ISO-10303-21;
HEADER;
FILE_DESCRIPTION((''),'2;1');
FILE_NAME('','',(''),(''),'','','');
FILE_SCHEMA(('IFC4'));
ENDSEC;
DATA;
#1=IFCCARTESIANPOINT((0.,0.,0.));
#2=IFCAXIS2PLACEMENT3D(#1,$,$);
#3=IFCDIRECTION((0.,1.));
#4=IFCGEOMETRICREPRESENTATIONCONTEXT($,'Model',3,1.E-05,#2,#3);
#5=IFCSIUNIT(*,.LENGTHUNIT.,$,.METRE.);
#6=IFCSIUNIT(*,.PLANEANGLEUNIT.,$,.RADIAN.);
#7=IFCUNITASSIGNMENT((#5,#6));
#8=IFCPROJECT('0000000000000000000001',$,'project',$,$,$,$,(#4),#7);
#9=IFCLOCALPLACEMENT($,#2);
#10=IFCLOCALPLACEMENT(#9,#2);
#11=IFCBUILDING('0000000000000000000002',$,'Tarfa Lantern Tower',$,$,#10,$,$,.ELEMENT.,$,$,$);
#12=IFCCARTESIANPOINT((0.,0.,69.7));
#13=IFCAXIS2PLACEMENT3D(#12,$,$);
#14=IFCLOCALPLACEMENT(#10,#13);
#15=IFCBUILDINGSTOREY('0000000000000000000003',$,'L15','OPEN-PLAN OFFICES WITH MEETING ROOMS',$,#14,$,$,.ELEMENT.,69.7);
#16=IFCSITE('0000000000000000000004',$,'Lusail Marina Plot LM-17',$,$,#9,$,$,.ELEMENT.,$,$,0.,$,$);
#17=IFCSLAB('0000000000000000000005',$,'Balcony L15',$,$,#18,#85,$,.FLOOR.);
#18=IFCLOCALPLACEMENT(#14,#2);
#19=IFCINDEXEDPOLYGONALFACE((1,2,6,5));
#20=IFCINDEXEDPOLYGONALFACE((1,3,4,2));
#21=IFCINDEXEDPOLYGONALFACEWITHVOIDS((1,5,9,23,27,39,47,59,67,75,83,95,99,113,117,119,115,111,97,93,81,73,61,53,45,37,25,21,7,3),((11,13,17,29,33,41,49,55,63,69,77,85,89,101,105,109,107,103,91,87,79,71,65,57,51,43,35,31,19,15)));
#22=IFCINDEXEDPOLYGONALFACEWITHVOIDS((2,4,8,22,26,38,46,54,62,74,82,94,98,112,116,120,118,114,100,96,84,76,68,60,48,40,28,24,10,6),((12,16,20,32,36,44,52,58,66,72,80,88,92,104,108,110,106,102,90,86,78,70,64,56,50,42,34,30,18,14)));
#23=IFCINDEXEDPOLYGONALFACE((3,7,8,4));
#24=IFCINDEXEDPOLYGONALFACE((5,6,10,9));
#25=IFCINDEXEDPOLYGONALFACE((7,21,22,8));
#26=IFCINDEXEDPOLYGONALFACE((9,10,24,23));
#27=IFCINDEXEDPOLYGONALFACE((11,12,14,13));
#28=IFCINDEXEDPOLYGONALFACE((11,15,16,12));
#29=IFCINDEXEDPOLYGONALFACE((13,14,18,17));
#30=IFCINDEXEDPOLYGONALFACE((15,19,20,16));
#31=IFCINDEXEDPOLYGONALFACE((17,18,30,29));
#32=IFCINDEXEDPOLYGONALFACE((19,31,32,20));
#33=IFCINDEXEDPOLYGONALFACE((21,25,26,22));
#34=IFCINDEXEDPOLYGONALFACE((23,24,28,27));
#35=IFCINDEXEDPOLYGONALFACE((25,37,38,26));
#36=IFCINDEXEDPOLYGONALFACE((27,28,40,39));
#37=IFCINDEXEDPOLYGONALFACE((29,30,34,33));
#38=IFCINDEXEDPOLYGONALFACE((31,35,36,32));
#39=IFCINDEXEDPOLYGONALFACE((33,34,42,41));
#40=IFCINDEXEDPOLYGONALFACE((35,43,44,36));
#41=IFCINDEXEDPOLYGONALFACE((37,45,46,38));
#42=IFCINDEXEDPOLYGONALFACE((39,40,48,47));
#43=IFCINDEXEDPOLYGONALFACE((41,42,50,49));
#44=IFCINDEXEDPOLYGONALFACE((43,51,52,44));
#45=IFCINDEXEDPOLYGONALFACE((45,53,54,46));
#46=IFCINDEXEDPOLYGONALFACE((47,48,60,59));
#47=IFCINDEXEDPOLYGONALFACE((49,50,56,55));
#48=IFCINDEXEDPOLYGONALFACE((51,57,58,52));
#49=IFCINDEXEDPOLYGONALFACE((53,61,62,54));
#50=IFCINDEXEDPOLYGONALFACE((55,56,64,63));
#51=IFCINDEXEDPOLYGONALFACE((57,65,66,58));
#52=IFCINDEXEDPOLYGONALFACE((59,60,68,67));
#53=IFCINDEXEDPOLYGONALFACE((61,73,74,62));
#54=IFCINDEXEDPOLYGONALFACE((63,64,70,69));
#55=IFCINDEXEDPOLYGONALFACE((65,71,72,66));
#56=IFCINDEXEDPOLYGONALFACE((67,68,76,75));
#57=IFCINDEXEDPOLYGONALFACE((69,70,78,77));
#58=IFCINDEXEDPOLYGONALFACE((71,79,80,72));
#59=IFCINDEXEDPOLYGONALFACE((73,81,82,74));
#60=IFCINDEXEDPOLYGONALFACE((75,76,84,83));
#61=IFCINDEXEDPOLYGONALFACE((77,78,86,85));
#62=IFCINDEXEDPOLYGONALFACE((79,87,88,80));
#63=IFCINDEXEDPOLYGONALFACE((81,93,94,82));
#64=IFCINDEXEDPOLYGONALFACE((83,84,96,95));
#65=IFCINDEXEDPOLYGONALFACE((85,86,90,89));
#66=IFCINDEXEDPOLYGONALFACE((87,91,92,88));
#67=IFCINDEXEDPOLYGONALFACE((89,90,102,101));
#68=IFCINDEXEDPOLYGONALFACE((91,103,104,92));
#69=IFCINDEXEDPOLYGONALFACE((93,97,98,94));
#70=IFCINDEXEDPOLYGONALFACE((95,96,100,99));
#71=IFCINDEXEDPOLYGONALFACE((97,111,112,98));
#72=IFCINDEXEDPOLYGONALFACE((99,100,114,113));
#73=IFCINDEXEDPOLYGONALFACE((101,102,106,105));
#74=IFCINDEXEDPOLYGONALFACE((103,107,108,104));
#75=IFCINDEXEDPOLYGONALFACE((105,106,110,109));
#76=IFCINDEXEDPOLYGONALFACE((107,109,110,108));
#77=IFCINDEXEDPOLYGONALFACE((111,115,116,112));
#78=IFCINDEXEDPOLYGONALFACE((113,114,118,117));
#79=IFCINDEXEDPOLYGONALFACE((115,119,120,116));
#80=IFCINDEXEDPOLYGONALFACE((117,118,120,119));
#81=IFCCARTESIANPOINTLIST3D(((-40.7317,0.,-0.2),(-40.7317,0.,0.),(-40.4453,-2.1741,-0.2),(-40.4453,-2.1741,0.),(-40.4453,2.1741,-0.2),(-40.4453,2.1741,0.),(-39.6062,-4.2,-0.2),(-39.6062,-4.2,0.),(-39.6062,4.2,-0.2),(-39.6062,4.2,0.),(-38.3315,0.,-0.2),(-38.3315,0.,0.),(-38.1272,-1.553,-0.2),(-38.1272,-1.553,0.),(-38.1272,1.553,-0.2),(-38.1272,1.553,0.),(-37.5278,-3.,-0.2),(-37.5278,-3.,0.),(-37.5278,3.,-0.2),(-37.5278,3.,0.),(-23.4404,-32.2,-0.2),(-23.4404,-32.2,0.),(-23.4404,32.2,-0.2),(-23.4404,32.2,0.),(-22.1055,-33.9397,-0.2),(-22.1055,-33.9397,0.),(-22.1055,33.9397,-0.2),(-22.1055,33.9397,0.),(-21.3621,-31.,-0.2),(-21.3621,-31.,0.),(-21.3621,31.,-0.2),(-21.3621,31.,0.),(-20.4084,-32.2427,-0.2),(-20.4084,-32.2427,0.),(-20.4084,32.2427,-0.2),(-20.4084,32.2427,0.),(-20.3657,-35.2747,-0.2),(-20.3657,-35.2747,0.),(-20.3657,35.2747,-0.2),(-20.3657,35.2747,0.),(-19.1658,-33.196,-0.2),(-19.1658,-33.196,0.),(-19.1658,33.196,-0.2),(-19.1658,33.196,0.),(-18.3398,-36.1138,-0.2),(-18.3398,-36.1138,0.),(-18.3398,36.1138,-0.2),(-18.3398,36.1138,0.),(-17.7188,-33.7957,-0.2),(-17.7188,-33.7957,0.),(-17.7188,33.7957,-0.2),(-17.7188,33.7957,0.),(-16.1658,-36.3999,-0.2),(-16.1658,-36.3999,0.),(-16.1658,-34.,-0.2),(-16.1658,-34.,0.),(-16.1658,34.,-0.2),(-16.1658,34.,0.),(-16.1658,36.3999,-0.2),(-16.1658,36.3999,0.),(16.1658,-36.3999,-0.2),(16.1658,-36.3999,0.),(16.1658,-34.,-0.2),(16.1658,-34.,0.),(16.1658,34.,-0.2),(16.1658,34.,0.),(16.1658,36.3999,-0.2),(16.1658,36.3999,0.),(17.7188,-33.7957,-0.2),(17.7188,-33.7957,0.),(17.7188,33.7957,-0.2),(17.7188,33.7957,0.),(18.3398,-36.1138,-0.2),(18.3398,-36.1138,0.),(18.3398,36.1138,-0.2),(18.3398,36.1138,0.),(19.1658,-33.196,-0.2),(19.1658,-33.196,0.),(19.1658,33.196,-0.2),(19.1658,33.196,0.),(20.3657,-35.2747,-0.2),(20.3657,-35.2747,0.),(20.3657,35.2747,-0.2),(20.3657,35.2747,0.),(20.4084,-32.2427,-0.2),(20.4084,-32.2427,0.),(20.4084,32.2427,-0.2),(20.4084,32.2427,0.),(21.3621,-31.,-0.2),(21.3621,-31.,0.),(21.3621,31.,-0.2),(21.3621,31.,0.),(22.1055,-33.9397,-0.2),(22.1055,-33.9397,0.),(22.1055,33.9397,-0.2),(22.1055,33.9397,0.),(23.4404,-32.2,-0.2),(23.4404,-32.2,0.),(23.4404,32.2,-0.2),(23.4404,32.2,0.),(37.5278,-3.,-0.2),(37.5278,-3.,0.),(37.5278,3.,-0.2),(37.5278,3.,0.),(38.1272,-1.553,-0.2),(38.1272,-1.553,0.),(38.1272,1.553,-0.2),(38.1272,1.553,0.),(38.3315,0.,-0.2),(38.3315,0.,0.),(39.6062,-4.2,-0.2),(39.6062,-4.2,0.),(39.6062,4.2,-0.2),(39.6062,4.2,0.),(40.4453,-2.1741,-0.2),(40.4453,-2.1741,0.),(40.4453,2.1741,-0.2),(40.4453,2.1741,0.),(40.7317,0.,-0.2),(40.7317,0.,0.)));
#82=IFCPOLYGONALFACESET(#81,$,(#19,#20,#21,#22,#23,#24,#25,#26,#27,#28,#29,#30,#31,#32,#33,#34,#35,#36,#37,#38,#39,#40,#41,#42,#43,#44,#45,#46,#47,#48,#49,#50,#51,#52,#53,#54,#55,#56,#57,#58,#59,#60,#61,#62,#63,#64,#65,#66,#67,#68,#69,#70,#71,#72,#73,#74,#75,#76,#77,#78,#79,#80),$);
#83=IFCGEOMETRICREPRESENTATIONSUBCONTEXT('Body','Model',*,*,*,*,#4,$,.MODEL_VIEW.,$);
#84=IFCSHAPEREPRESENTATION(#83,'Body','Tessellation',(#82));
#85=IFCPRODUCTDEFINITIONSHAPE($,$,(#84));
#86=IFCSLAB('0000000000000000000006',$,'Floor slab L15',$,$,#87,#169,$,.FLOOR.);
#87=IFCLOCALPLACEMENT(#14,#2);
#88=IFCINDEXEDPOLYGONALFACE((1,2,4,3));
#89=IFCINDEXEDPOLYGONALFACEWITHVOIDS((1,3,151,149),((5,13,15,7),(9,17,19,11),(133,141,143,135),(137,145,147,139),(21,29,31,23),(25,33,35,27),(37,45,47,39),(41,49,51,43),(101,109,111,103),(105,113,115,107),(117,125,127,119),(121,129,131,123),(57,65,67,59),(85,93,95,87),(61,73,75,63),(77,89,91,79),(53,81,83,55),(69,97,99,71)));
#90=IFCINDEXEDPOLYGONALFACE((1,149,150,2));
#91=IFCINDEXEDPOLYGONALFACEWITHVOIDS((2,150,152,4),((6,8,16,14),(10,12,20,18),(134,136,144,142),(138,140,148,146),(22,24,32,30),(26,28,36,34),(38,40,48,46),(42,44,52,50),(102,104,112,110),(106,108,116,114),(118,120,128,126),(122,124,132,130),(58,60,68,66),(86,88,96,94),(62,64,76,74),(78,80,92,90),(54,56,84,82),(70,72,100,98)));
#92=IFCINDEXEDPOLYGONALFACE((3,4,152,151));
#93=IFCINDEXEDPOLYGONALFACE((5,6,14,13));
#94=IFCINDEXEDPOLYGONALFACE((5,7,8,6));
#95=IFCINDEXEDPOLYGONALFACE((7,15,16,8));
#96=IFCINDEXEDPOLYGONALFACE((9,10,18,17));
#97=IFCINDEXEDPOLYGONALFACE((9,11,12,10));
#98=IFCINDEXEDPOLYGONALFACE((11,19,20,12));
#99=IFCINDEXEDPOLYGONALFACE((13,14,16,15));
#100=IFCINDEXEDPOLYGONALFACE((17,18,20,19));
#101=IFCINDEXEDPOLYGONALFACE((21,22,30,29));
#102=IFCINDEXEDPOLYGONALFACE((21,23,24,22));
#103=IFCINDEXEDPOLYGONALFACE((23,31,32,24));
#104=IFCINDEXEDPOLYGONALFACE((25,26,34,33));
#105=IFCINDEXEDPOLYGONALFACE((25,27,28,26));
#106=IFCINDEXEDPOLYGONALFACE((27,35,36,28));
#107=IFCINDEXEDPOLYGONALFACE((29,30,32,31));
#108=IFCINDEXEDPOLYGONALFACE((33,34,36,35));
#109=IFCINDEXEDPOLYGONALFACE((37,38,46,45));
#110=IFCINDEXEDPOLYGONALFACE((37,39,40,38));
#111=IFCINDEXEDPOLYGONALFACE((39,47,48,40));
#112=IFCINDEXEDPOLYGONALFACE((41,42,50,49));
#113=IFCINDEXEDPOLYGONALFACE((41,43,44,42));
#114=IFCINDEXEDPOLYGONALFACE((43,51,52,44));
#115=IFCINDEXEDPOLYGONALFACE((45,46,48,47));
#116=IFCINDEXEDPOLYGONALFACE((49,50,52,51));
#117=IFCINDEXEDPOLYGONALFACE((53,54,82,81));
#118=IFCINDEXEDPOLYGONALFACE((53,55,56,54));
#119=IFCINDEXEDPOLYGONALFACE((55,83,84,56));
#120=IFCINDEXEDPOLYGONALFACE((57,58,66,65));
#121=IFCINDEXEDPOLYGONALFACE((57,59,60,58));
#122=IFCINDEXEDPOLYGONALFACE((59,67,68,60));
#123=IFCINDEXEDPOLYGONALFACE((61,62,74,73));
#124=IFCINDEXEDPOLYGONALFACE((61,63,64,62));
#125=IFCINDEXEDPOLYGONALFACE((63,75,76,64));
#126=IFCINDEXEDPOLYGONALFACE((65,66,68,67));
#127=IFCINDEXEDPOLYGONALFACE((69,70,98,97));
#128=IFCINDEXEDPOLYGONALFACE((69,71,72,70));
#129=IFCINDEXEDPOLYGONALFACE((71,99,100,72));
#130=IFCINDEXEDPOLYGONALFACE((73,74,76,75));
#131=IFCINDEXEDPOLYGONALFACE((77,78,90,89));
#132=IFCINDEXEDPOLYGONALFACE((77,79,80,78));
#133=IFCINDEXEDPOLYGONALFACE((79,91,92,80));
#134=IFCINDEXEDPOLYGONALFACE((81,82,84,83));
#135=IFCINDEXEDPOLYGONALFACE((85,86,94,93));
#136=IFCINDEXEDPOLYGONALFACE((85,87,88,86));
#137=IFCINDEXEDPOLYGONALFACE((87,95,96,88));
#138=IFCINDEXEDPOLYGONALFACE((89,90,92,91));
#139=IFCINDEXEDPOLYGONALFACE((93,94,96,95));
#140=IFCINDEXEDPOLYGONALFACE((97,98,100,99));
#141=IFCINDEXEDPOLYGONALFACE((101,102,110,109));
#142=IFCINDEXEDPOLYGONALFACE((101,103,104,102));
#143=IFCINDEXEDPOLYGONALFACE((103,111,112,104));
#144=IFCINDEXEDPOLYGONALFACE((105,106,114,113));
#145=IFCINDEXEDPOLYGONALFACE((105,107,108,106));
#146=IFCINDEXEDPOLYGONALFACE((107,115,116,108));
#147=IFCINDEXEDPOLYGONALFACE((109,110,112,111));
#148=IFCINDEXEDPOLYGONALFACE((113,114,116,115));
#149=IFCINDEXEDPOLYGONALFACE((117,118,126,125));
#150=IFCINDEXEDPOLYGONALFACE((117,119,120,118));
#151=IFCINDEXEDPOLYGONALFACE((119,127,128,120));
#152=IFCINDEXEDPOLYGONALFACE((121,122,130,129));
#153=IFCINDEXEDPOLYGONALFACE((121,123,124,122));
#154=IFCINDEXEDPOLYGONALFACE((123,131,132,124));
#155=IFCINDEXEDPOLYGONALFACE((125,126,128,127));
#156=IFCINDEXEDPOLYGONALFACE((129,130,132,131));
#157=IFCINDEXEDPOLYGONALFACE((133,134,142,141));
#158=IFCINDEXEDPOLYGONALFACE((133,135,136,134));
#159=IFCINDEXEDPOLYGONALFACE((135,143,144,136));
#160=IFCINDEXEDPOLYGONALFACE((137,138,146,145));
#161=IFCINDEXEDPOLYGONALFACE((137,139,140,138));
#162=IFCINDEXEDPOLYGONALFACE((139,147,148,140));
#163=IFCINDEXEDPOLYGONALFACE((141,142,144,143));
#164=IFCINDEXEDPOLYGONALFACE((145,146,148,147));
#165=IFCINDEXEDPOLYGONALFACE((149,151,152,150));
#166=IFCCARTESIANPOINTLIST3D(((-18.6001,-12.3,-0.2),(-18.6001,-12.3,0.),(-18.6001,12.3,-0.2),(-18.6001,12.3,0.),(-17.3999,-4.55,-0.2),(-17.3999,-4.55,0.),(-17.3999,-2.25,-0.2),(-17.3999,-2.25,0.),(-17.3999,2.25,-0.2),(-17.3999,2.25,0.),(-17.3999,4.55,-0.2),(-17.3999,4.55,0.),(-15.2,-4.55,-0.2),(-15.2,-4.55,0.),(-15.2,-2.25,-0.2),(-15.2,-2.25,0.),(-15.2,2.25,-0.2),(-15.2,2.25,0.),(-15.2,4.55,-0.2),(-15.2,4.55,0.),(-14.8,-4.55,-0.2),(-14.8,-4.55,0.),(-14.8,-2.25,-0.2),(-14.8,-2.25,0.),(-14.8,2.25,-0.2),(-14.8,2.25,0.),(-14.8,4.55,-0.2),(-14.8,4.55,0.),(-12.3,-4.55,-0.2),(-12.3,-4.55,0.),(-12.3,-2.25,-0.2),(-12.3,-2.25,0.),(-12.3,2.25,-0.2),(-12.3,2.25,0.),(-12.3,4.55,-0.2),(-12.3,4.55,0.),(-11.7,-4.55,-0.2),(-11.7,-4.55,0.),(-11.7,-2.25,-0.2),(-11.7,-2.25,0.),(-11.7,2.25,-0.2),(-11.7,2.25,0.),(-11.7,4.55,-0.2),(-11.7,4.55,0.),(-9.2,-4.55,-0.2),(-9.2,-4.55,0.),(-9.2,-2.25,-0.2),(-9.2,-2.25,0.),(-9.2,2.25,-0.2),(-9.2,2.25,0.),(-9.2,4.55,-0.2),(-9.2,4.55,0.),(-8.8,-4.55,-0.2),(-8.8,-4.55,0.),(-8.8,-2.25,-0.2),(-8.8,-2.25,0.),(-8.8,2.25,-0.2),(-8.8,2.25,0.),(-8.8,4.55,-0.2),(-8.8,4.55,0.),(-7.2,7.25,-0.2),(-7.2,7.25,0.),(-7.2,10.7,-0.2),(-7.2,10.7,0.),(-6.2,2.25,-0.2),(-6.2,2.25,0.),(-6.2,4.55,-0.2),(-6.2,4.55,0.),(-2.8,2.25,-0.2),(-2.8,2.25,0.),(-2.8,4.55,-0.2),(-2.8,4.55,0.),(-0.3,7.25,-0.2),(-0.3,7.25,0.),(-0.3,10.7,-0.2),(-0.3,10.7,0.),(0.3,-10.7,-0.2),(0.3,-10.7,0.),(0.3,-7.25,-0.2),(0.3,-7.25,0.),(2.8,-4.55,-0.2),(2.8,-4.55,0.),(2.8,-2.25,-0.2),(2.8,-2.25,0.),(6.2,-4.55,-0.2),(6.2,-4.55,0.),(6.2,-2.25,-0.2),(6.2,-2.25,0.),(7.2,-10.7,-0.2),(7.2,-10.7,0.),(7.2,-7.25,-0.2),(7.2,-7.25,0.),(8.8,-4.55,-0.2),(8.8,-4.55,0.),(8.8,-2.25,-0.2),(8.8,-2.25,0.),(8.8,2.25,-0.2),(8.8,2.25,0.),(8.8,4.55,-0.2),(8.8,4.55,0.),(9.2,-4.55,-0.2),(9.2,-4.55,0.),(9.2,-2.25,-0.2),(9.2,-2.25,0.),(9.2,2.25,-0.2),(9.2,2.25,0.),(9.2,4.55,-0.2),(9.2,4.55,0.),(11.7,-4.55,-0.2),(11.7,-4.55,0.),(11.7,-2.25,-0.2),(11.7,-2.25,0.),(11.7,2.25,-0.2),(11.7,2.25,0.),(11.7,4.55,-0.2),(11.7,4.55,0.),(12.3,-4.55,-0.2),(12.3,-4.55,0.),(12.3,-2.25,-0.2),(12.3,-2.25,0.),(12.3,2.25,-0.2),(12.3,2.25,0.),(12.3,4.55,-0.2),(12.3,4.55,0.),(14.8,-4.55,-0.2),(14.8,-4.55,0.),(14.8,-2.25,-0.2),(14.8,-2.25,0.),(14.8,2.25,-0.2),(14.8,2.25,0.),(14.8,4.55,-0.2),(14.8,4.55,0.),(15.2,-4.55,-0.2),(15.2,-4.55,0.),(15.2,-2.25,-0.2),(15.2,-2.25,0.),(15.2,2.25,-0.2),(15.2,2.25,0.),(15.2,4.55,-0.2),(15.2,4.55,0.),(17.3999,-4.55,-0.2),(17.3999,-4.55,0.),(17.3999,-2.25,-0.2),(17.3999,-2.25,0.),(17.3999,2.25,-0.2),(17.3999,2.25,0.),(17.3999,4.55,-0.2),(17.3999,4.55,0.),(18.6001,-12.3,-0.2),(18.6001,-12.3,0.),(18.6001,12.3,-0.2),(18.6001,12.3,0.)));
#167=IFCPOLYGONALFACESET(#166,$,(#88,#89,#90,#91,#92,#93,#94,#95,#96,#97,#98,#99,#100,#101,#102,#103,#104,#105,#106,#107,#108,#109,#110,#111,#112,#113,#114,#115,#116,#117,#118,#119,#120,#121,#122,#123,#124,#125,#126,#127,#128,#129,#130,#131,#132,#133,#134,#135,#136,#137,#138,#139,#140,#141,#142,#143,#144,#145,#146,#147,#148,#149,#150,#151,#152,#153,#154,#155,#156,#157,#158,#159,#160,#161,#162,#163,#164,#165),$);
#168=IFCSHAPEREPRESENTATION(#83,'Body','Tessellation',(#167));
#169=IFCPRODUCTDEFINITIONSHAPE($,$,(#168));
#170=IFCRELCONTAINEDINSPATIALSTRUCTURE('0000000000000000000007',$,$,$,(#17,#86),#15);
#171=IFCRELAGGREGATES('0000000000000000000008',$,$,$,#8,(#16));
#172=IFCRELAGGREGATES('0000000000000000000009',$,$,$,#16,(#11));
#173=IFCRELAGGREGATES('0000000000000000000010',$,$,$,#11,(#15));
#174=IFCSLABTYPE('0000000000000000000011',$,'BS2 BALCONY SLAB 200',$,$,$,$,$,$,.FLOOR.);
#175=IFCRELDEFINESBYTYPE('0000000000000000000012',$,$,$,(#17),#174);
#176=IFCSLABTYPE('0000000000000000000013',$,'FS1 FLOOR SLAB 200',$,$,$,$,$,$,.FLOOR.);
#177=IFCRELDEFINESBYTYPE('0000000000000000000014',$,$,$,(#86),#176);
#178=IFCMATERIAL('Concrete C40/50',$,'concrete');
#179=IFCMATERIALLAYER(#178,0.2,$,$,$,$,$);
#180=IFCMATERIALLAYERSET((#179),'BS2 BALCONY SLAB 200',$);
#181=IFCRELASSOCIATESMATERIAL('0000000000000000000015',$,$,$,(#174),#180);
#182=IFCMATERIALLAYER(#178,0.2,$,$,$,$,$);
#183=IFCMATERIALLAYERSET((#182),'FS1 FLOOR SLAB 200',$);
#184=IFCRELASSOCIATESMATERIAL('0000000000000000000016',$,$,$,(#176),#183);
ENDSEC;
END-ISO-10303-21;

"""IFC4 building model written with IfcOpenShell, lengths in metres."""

from ifc_helpers import new_model, si_unit, direction, frame, origin, place, context, subcontext, project, spatial, polyline, outline, extrude, material, layer, layer_set, type_object, element, save


model = new_model("IFC4")

# Units and contexts
model_context = context("Model", 3, precision=1e-05, world=origin(), true_north=direction((0.0, 1.0)))
body_context = subcontext(model_context, "Body", "Model", "MODEL_VIEW")
ifc_project = project(units=[si_unit("LENGTHUNIT", "METRE"), si_unit("PLANEANGLEUNIT", "RADIAN")], contexts=[model_context])

# Site, building, storey
site_placement = place(None, origin())
site = spatial("IfcSite", under=ifc_project, at=site_placement, Name="Lusail Marina Plot LM-17", CompositionType="ELEMENT", RefElevation=0.0)
building_placement = place(site_placement, origin())
building = spatial("IfcBuilding", under=site, at=building_placement, Name="Tarfa Lantern Tower", CompositionType="ELEMENT")
storey_placement = place(building_placement, frame((0.0, 0.0, 69.7)))
storey = spatial("IfcBuildingStorey", under=building, at=storey_placement, Name="L15", Description="OPEN-PLAN OFFICES WITH MEETING ROOMS", CompositionType="ELEMENT", Elevation=69.7)

# Slabs
ifc_material_1 = material(Name="Concrete C40/50", Category="concrete")
ifc_layer_1 = layer(ifc_material_1, 0.2)
ifc_layer_set_1 = layer_set([ifc_layer_1], Name="BS2 BALCONY SLAB 200")
slab_type_1 = type_object("IfcSlabType", Name="BS2 BALCONY SLAB 200", PredefinedType="FLOOR", material=ifc_layer_set_1)
slab_1_placement = place(storey_placement, frame((0.0, 0.0, -0.2)))
element("IfcSlab", 1, at=slab_1_placement, inside=storey, type_object=slab_type_1, Name="Balcony L15", PredefinedType="FLOOR", context=body_context, shape_type="SweptSolid", body=[
    extrude(outline(polyline([(39.6062, 4.2), (23.4404, 32.2), (22.1055, 33.9397), (20.3657, 35.2747), (18.3398, 36.1138), (16.1658, 36.3999), (-16.1658, 36.3999), (-18.3398, 36.1138), (-20.3657, 35.2747), (-22.1055, 33.9397), (-23.4404, 32.2), (-39.6062, 4.2), (-40.4453, 2.1741), (-40.7317, 0.0), (-40.4453, -2.1741), (-39.6062, -4.2), (-23.4404, -32.2), (-22.1055, -33.9397), (-20.3657, -35.2747), (-18.3398, -36.1138), (-16.1658, -36.3999), (16.1658, -36.3999), (18.3398, -36.1138), (20.3657, -35.2747), (22.1055, -33.9397), (23.4404, -32.2), (39.6062, -4.2), (40.4453, -2.1741), (40.7317, 0.0), (40.4453, 2.1741), (39.6062, 4.2)]), holes=[polyline([(37.5278, 3.0), (21.3621, 31.0), (20.4084, 32.2427), (19.1658, 33.196), (17.7188, 33.7957), (16.1658, 34.0), (-16.1658, 34.0), (-17.7188, 33.7957), (-19.1658, 33.196), (-20.4084, 32.2427), (-21.3621, 31.0), (-37.5278, 3.0), (-38.1272, 1.553), (-38.3315, 0.0), (-38.1272, -1.553), (-37.5278, -3.0), (-21.3621, -31.0), (-20.4084, -32.2427), (-19.1658, -33.196), (-17.7188, -33.7957), (-16.1658, -34.0), (16.1658, -34.0), (17.7188, -33.7957), (19.1658, -33.196), (20.4084, -32.2427), (21.3621, -31.0), (37.5278, -3.0), (38.1272, -1.553), (38.3315, 0.0), (38.1272, 1.553), (37.5278, 3.0)])]), origin(), (0.0, 0.0, 1.0), 0.2),
])
ifc_layer_2 = layer(ifc_material_1, 0.2)
ifc_layer_set_2 = layer_set([ifc_layer_2], Name="FS1 FLOOR SLAB 200")
slab_type_2 = type_object("IfcSlabType", Name="FS1 FLOOR SLAB 200", PredefinedType="FLOOR", material=ifc_layer_set_2)
slab_2_placement = place(storey_placement, frame((0.0, 0.0, -0.2)))
element("IfcSlab", 2, at=slab_2_placement, inside=storey, type_object=slab_type_2, Name="Floor slab L15", PredefinedType="FLOOR", context=body_context, shape_type="SweptSolid", body=[
    extrude(outline(polyline([(-18.6001, -12.3), (18.6001, -12.3), (18.6001, 12.3), (-18.6001, 12.3), (-18.6001, -12.3)]), holes=[polyline([(-17.3999, 2.25), (-15.2, 2.25), (-15.2, 4.55), (-17.3999, 4.55), (-17.3999, 2.25)]), polyline([(-14.8, 2.25), (-12.3, 2.25), (-12.3, 4.55), (-14.8, 4.55), (-14.8, 2.25)]), polyline([(-11.7, 2.25), (-9.2, 2.25), (-9.2, 4.55), (-11.7, 4.55), (-11.7, 2.25)]), polyline([(-8.8, 2.25), (-6.2, 2.25), (-6.2, 4.55), (-8.8, 4.55), (-8.8, 2.25)]), polyline([(-2.8, 2.25), (8.8, 2.25), (8.8, 4.55), (-2.8, 4.55), (-2.8, 2.25)]), polyline([(9.2, 2.25), (11.7, 2.25), (11.7, 4.55), (9.2, 4.55), (9.2, 2.25)]), polyline([(12.3, 2.25), (14.8, 2.25), (14.8, 4.55), (12.3, 4.55), (12.3, 2.25)]), polyline([(15.2, 2.25), (17.3999, 2.25), (17.3999, 4.55), (15.2, 4.55), (15.2, 2.25)]), polyline([(17.3999, -2.25), (15.2, -2.25), (15.2, -4.55), (17.3999, -4.55), (17.3999, -2.25)]), polyline([(14.8, -2.25), (12.3, -2.25), (12.3, -4.55), (14.8, -4.55), (14.8, -2.25)]), polyline([(11.7, -2.25), (9.2, -2.25), (9.2, -4.55), (11.7, -4.55), (11.7, -2.25)]), polyline([(8.8, -2.25), (6.2, -2.25), (6.2, -4.55), (8.8, -4.55), (8.8, -2.25)]), polyline([(2.8, -2.25), (-8.8, -2.25), (-8.8, -4.55), (2.8, -4.55), (2.8, -2.25)]), polyline([(-9.2, -2.25), (-11.7, -2.25), (-11.7, -4.55), (-9.2, -4.55), (-9.2, -2.25)]), polyline([(-12.3, -2.25), (-14.8, -2.25), (-14.8, -4.55), (-12.3, -4.55), (-12.3, -2.25)]), polyline([(-15.2, -2.25), (-17.3999, -2.25), (-17.3999, -4.55), (-15.2, -4.55), (-15.2, -2.25)]), polyline([(-7.2, 7.25), (-0.3, 7.25), (-0.3, 10.7), (-7.2, 10.7), (-7.2, 7.25)]), polyline([(7.2, -7.25), (0.3, -7.25), (0.3, -10.7), (7.2, -10.7), (7.2, -7.25)])]), origin(), (0.0, 0.0, 1.0), 0.2),
])

save(model, "model.ifc")
